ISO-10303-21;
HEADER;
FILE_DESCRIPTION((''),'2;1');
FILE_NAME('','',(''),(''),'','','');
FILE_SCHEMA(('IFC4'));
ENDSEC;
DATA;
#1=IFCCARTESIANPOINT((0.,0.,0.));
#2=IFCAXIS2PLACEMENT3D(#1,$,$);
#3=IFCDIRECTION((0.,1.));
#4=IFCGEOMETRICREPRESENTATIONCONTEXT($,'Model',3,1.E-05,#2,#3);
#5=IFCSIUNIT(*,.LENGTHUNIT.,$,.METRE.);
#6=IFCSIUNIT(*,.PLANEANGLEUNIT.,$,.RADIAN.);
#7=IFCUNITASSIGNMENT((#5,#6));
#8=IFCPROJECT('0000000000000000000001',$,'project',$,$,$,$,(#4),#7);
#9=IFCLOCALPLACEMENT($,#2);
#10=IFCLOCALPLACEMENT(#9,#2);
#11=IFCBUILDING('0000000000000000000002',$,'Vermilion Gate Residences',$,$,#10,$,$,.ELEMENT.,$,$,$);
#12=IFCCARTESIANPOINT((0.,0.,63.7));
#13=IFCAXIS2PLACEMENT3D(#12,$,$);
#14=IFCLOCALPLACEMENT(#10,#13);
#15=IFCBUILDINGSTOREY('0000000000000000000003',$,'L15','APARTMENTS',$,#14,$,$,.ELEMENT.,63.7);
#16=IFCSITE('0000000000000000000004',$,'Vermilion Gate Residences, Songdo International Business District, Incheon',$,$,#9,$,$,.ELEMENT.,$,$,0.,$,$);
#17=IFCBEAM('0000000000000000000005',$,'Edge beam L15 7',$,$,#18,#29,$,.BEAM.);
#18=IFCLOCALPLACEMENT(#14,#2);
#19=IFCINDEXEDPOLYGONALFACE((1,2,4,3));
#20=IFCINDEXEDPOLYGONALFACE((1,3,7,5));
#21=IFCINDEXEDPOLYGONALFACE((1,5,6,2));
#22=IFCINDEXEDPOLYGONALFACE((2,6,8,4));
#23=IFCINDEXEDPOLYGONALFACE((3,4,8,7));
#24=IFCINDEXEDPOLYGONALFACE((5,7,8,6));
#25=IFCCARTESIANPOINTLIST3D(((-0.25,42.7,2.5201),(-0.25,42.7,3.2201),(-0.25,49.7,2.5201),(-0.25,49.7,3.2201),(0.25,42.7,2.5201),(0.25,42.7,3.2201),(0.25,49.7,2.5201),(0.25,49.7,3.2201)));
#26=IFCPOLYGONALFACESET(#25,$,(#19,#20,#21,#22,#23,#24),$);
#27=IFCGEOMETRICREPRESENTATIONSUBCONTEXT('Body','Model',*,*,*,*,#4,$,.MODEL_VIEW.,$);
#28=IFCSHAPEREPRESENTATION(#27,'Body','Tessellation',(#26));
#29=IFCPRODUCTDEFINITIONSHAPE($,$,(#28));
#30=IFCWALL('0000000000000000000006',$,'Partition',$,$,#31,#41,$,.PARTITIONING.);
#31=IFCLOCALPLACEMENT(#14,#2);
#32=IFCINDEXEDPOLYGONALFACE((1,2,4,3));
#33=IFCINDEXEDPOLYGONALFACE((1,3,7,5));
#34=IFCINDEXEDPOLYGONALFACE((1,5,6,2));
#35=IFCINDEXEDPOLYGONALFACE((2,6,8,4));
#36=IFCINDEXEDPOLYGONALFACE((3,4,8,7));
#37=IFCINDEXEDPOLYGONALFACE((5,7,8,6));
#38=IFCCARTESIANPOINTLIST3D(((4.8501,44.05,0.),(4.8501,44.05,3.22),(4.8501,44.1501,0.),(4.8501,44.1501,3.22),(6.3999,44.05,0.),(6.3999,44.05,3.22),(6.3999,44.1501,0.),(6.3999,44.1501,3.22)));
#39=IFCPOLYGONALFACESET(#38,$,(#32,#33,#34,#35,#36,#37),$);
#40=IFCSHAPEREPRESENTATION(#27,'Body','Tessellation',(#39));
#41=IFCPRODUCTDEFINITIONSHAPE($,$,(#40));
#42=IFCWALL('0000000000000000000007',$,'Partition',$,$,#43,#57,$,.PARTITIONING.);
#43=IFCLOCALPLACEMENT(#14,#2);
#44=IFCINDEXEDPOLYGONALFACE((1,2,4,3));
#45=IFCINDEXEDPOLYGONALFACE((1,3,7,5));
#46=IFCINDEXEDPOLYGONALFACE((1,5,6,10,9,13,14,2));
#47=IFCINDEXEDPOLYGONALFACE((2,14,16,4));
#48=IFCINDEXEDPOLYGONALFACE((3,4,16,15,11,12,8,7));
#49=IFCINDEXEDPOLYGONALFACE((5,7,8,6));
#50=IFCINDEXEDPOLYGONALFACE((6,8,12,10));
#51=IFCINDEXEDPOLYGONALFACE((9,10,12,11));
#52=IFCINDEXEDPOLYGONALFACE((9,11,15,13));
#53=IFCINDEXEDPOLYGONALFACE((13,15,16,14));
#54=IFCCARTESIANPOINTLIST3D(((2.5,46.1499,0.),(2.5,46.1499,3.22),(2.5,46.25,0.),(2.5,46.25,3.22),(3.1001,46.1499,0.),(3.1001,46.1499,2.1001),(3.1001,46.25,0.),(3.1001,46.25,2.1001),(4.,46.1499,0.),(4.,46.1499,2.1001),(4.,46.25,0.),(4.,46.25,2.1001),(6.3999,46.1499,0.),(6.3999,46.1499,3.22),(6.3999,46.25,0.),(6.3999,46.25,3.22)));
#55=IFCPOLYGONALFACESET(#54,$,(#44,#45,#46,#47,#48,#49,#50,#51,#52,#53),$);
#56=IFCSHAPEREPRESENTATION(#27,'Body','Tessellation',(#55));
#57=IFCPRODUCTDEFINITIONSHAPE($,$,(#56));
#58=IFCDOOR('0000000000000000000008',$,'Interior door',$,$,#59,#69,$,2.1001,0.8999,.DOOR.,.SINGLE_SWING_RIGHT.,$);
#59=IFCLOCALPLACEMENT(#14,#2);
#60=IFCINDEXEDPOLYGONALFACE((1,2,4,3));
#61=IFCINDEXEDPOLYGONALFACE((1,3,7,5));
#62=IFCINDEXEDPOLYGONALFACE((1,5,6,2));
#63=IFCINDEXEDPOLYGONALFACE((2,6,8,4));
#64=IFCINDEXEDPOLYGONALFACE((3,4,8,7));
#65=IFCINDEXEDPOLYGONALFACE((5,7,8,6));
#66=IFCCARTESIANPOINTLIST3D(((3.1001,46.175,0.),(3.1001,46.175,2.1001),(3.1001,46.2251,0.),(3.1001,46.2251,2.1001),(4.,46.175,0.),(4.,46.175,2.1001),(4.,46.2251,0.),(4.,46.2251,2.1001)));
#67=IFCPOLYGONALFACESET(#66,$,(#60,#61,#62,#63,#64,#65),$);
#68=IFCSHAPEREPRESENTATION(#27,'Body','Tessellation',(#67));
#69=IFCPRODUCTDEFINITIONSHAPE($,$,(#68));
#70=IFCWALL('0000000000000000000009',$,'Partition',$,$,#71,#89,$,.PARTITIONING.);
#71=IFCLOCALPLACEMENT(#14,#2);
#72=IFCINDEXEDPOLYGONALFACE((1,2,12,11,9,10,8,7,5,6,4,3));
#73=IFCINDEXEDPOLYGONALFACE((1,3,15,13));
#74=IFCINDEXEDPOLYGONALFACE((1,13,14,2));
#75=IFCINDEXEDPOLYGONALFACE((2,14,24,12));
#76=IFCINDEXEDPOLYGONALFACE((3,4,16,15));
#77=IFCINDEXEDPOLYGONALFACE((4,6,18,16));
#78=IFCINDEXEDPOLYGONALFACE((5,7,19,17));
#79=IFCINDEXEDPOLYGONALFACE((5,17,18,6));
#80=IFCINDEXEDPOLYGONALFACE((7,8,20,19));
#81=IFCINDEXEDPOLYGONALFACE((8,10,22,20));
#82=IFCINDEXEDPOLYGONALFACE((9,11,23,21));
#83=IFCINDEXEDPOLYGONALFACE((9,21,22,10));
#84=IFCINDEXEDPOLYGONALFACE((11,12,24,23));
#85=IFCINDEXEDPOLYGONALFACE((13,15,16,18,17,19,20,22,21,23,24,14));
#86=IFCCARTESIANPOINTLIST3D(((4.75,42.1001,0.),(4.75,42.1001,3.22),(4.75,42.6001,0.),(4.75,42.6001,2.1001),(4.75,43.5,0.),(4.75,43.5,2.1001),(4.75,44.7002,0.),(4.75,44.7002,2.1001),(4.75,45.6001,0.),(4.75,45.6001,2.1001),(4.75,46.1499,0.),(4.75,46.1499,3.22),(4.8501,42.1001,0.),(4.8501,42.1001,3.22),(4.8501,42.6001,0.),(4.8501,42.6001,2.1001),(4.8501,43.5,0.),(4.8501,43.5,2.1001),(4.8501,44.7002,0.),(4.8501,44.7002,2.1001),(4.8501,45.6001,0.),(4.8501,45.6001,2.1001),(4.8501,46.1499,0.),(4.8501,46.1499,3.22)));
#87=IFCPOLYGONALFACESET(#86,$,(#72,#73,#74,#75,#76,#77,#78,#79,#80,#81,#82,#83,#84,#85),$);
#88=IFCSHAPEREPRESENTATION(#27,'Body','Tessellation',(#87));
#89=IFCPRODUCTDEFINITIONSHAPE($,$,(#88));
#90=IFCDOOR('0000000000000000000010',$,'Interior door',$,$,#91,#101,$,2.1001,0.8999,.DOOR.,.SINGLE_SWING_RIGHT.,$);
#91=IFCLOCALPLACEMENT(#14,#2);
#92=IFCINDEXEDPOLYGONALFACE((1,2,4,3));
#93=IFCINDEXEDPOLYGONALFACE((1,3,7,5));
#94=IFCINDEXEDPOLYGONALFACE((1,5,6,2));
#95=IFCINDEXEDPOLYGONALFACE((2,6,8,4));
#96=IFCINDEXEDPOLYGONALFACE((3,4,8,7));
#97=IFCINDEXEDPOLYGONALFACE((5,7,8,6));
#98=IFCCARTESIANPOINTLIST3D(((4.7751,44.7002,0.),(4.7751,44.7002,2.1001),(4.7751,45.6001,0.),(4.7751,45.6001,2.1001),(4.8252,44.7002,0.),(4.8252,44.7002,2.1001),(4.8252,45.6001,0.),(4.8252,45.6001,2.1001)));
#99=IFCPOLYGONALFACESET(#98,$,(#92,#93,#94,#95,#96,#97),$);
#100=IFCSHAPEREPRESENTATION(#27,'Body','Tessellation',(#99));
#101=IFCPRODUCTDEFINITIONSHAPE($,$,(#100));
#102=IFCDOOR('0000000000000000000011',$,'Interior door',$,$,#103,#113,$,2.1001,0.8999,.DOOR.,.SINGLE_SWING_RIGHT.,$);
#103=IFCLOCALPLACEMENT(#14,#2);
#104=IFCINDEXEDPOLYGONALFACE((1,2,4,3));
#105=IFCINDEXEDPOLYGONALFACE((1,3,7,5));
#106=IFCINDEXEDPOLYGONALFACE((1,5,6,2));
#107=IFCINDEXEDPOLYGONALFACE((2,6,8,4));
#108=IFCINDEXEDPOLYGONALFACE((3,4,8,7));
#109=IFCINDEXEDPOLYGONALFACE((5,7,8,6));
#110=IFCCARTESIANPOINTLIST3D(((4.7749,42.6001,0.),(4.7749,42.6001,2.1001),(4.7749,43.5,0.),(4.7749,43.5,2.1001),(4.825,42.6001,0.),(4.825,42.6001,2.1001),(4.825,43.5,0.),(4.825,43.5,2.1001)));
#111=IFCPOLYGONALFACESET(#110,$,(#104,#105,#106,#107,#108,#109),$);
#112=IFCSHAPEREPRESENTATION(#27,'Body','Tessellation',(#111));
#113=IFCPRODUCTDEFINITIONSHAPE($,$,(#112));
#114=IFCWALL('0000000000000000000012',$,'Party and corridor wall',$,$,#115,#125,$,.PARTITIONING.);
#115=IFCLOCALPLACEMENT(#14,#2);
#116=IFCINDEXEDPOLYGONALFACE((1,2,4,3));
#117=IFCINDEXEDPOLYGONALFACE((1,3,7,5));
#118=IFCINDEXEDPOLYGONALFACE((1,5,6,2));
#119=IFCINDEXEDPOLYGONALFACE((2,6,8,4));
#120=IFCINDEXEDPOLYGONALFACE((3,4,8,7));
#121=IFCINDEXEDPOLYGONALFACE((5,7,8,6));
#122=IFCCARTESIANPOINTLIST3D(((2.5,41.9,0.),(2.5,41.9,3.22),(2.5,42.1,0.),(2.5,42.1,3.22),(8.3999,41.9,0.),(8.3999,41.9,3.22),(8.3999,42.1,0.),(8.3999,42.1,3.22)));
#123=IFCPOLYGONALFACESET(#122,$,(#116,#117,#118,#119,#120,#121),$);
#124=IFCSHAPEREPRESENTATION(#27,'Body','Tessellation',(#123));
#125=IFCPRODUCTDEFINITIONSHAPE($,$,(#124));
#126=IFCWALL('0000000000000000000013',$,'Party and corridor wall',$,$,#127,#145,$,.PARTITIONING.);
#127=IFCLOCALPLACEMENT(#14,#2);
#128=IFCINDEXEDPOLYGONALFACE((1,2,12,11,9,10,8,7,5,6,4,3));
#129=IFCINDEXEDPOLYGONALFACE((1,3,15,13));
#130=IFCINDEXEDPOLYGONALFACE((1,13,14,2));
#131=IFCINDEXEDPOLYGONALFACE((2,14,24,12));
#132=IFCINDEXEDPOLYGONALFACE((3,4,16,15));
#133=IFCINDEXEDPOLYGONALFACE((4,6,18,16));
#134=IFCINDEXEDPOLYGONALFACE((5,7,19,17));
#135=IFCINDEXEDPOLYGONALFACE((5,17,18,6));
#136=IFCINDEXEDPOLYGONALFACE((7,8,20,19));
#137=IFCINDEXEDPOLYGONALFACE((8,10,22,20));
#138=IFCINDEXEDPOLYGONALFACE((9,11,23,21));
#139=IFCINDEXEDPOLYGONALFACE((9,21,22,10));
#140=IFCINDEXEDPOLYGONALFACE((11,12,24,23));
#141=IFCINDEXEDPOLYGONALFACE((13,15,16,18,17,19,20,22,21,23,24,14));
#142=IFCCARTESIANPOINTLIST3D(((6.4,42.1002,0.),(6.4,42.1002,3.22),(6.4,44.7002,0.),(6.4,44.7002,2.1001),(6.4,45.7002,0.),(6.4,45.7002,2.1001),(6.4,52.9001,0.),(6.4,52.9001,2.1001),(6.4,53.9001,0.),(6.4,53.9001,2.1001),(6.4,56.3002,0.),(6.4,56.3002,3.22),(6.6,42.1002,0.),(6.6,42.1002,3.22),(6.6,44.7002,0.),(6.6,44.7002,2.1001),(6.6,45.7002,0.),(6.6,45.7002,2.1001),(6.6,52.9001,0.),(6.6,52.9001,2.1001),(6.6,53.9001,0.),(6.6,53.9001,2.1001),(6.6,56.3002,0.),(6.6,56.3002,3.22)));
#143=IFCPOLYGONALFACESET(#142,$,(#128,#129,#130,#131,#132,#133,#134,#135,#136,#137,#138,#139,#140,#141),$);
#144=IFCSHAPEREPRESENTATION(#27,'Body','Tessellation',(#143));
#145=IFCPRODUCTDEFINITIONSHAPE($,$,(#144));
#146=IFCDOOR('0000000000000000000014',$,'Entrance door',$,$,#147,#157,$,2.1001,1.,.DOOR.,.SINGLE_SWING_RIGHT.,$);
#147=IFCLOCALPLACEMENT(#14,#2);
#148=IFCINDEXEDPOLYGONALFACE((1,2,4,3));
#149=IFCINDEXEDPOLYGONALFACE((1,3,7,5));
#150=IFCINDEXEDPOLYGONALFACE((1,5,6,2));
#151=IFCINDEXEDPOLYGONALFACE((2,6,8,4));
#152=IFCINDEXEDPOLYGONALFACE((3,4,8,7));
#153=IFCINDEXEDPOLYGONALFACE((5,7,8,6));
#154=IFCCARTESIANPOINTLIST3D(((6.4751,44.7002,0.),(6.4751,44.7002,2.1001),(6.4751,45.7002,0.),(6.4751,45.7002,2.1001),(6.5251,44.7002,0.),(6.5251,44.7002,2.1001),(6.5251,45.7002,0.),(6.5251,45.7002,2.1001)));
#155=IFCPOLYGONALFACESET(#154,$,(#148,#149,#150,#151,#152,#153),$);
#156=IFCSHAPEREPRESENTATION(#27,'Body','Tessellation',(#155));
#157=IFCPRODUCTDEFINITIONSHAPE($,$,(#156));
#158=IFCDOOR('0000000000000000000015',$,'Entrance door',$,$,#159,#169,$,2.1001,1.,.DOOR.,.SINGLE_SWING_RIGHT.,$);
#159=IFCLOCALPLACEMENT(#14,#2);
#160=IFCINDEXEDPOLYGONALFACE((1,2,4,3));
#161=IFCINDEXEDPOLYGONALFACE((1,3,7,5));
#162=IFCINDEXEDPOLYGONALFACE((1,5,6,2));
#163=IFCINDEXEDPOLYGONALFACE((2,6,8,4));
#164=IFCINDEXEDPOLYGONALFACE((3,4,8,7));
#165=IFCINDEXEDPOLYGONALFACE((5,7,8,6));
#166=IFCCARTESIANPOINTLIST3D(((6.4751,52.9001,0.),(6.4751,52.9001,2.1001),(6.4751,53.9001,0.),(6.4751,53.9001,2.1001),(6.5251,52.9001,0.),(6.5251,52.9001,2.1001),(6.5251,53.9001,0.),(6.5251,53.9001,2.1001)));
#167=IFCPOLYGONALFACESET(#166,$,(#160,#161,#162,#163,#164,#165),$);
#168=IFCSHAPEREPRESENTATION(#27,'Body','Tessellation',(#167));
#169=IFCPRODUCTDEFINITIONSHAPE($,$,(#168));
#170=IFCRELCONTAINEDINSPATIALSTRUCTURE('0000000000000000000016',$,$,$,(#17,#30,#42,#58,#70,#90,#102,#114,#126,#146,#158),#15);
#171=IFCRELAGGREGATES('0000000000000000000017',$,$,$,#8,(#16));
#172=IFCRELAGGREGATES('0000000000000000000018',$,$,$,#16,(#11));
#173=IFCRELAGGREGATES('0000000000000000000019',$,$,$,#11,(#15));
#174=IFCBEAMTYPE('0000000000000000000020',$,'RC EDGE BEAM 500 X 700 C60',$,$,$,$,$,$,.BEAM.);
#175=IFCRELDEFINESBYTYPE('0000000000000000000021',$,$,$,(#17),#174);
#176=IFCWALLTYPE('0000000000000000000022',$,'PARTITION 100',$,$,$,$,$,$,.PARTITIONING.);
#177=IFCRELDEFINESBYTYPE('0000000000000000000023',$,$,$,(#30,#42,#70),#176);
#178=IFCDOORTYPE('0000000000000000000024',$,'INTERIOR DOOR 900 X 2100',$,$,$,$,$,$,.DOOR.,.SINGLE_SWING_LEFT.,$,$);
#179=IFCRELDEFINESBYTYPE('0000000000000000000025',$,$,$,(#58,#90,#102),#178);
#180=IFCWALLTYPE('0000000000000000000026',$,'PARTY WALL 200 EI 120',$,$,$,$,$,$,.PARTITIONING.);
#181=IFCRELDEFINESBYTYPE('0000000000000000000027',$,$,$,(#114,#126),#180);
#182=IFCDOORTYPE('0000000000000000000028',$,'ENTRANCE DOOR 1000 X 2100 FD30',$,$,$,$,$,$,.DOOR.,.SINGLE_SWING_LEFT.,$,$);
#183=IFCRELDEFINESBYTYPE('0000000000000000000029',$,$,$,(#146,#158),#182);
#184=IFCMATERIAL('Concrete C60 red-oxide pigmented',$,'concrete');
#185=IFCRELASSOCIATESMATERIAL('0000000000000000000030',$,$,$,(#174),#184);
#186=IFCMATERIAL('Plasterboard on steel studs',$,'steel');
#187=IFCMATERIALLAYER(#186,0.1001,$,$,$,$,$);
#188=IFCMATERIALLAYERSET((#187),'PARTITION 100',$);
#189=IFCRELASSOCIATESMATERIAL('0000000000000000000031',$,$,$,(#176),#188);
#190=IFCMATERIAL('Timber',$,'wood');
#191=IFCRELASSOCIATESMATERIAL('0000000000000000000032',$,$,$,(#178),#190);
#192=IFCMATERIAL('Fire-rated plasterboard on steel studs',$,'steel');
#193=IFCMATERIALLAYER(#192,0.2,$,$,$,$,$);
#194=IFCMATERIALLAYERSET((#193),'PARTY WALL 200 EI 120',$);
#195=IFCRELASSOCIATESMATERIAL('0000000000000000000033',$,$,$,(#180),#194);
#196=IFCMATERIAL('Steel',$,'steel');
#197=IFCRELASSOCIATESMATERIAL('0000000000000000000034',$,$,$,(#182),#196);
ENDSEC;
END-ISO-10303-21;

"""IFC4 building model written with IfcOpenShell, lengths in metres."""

from ifc_helpers import new_model, si_unit, direction, frame, frame_2d, origin, origin_2d, place, context, subcontext, project, spatial, rectangle, extrude, material, layer, layer_set, material_profile, profile_set, type_object, element, fill, save


model = new_model("IFC4")

# Units and contexts
model_context = context("Model", 3, precision=1e-05, world=origin(), true_north=direction((0.0, 1.0)))
body_context = subcontext(model_context, "Body", "Model", "MODEL_VIEW")
ifc_project = project(units=[si_unit("LENGTHUNIT", "METRE"), si_unit("PLANEANGLEUNIT", "RADIAN")], contexts=[model_context])

# Site, building, storey
site_placement = place(None, origin())
site = spatial("IfcSite", under=ifc_project, at=site_placement, Name="Vermilion Gate Residences, Songdo International Business District, Incheon", CompositionType="ELEMENT", RefElevation=0.0)
building_placement = place(site_placement, origin())
building = spatial("IfcBuilding", under=site, at=building_placement, Name="Vermilion Gate Residences", CompositionType="ELEMENT")
storey_placement = place(building_placement, frame((0.0, 0.0, 63.7)))
storey = spatial("IfcBuildingStorey", under=building, at=storey_placement, Name="L15", Description="APARTMENTS", CompositionType="ELEMENT", Elevation=63.7)

# Beam
ifc_material_1 = material(Name="Concrete C60 red-oxide pigmented", Category="concrete")
ifc_material_profile_1 = material_profile(ifc_material_1, rectangle(XDim=0.5, YDim=0.7, at=origin_2d()), Name="RC-500x700")
ifc_profile_set_1 = profile_set([ifc_material_profile_1], Name="Concrete C60 red-oxide pigmented")
beam_type = type_object("IfcBeamType", Name="RC EDGE BEAM 500 X 700 C60", PredefinedType="BEAM", material=ifc_profile_set_1)
beam_placement = place(storey_placement, frame((0.0, 42.7, 2.8701), z_axis=(0.0, 1.0, 0.0), x_axis=(-1.0, 0.0, 0.0)))
element("IfcBeam", 1, at=beam_placement, inside=storey, type_object=beam_type, Name="Edge beam L15 7", PredefinedType="BEAM", context=body_context, shape_type="SweptSolid", body=[
    extrude(rectangle(XDim=0.5, YDim=0.7, at=origin_2d()), origin(), (0.0, 0.0, 1.0), 7.0),
])

# Wall
ifc_material_2 = material(Name="Plasterboard on steel studs", Category="steel")
ifc_layer_1 = layer(ifc_material_2, 0.1001)
ifc_layer_set_1 = layer_set([ifc_layer_1], Name="PARTITION 100")
wall_type_1 = type_object("IfcWallType", Name="PARTITION 100", PredefinedType="PARTITIONING", material=ifc_layer_set_1)
wall_1_placement = place(storey_placement, frame((4.8501, 44.1001, 0.0), z_axis=(0.0, 0.0, 1.0), x_axis=(1.0, 0.0, 0.0)))
element("IfcWall", 2, at=wall_1_placement, inside=storey, type_object=wall_type_1, Name="Partition", PredefinedType="PARTITIONING", context=body_context, shape_type="SweptSolid", body=[
    extrude(rectangle(XDim=1.5498, YDim=0.1001, at=frame_2d((0.7749, 0.0))), origin(), (0.0, 0.0, 1.0), 3.22),
])

# Wall, opening, door
wall_2_placement = place(storey_placement, frame((2.5, 46.2, 0.0), z_axis=(0.0, 0.0, 1.0), x_axis=(1.0, 0.0, 0.0)))
wall_2 = element("IfcWall", 3, at=wall_2_placement, inside=storey, type_object=wall_type_1, Name="Partition", PredefinedType="PARTITIONING", context=body_context, shape_type="SweptSolid", body=[
    extrude(rectangle(XDim=3.8999, YDim=0.1001, at=frame_2d((1.95, 0.0))), origin(), (0.0, 0.0, 1.0), 3.22),
])
opening_1_placement = place(wall_2_placement, frame((0.6001, 0.0, 0.0)))
opening_1 = element("IfcOpeningElement", 4, at=opening_1_placement, cuts=wall_2, PredefinedType="OPENING", context=body_context, shape_type="SweptSolid", body=[
    extrude(rectangle(XDim=0.8999, YDim=2.1001, at=frame_2d((0.45, 1.05))), frame((0.0, 0.0601, 0.0), z_axis=(0.0, -1.0, 0.0), x_axis=(1.0, 0.0, 0.0)), (0.0, 0.0, 1.0), 0.1201),
])
ifc_material_3 = material(Name="Timber", Category="wood")
door_type_1 = type_object("IfcDoorType", Name="INTERIOR DOOR 900 X 2100", OperationType="SINGLE_SWING_LEFT", PredefinedType="DOOR", material=ifc_material_3)
door_1_placement = place(opening_1_placement, frame((0.8999, 0.0, 0.0), z_axis=(0.0, 0.0, 1.0), x_axis=(-1.0, 0.0, 0.0)))
door_1 = element("IfcDoor", 5, at=door_1_placement, inside=storey, type_object=door_type_1, Name="Interior door", OperationType="SINGLE_SWING_RIGHT", OverallHeight=2.1001, OverallWidth=0.8999, PredefinedType="DOOR", context=body_context, shape_type="SweptSolid", body=[
    extrude(rectangle(XDim=0.8999, YDim=2.1001, at=frame_2d((0.45, 1.05))), frame((0.0, 0.0249, 0.0), z_axis=(0.0, -1.0, 0.0), x_axis=(1.0, 0.0, 0.0)), (0.0, 0.0, 1.0), 0.05),
])
fill(opening_1, door_1)

# Wall, openings, doors
wall_3_placement = place(storey_placement, frame((4.8, 42.1001, 0.0), z_axis=(0.0, 0.0, 1.0), x_axis=(0.0, 1.0, 0.0)))
wall_3 = element("IfcWall", 6, at=wall_3_placement, inside=storey, type_object=wall_type_1, Name="Partition", PredefinedType="PARTITIONING", context=body_context, shape_type="SweptSolid", body=[
    extrude(rectangle(XDim=4.0498, YDim=0.1001, at=frame_2d((2.0249, 0.0))), origin(), (0.0, 0.0, 1.0), 3.22),
])
opening_2_placement = place(wall_3_placement, frame((2.6001, 0.0, 0.0)))
opening_2 = element("IfcOpeningElement", 7, at=opening_2_placement, cuts=wall_3, PredefinedType="OPENING", context=body_context, shape_type="SweptSolid", body=[
    extrude(rectangle(XDim=0.8999, YDim=2.1001, at=frame_2d((0.45, 1.05))), frame((0.0, 0.0601, 0.0), z_axis=(0.0, -1.0, 0.0), x_axis=(1.0, 0.0, 0.0)), (0.0, 0.0, 1.0), 0.1201),
])
opening_3_placement = place(wall_3_placement, frame((0.5, 0.0, 0.0)))
opening_3 = element("IfcOpeningElement", 8, at=opening_3_placement, cuts=wall_3, PredefinedType="OPENING", context=body_context, shape_type="SweptSolid", body=[
    extrude(rectangle(XDim=0.8999, YDim=2.1001, at=frame_2d((0.45, 1.05))), frame((0.0, 0.0601, 0.0), z_axis=(0.0, -1.0, 0.0), x_axis=(1.0, 0.0, 0.0)), (0.0, 0.0, 1.0), 0.1201),
])
door_2_placement = place(opening_2_placement, origin())
door_2 = element("IfcDoor", 9, at=door_2_placement, inside=storey, type_object=door_type_1, Name="Interior door", OperationType="SINGLE_SWING_RIGHT", OverallHeight=2.1001, OverallWidth=0.8999, PredefinedType="DOOR", context=body_context, shape_type="SweptSolid", body=[
    extrude(rectangle(XDim=0.8999, YDim=2.1001, at=frame_2d((0.45, 1.05))), frame((0.0, 0.0249, 0.0), z_axis=(0.0, -1.0, 0.0), x_axis=(1.0, 0.0, 0.0)), (0.0, 0.0, 1.0), 0.05),
])
fill(opening_2, door_2)
door_3_placement = place(opening_3_placement, frame((0.8999, 0.0, 0.0), z_axis=(0.0, 0.0, 1.0), x_axis=(-1.0, 0.0, 0.0)))
door_3 = element("IfcDoor", 10, at=door_3_placement, inside=storey, type_object=door_type_1, Name="Interior door", OperationType="SINGLE_SWING_RIGHT", OverallHeight=2.1001, OverallWidth=0.8999, PredefinedType="DOOR", context=body_context, shape_type="SweptSolid", body=[
    extrude(rectangle(XDim=0.8999, YDim=2.1001, at=frame_2d((0.45, 1.05))), frame((0.0, 0.0249, 0.0), z_axis=(0.0, -1.0, 0.0), x_axis=(1.0, 0.0, 0.0)), (0.0, 0.0, 1.0), 0.05),
])
fill(opening_3, door_3)

# Wall
ifc_material_4 = material(Name="Fire-rated plasterboard on steel studs", Category="steel")
ifc_layer_2 = layer(ifc_material_4, 0.2)
ifc_layer_set_2 = layer_set([ifc_layer_2], Name="PARTY WALL 200 EI 120")
wall_type_2 = type_object("IfcWallType", Name="PARTY WALL 200 EI 120", PredefinedType="PARTITIONING", material=ifc_layer_set_2)
wall_4_placement = place(storey_placement, frame((2.5, 42.0, 0.0), z_axis=(0.0, 0.0, 1.0), x_axis=(1.0, 0.0, 0.0)))
element("IfcWall", 11, at=wall_4_placement, inside=storey, type_object=wall_type_2, Name="Party and corridor wall", PredefinedType="PARTITIONING", context=body_context, shape_type="SweptSolid", body=[
    extrude(rectangle(XDim=5.8999, YDim=0.2, at=frame_2d((2.95, 0.0))), origin(), (0.0, 0.0, 1.0), 3.22),
])

# Wall, openings, doors
wall_5_placement = place(storey_placement, frame((6.5, 42.1001, 0.0), z_axis=(0.0, 0.0, 1.0), x_axis=(0.0, 1.0, 0.0)))
wall_5 = element("IfcWall", 12, at=wall_5_placement, inside=storey, type_object=wall_type_2, Name="Party and corridor wall", PredefinedType="PARTITIONING", context=body_context, shape_type="SweptSolid", body=[
    extrude(rectangle(XDim=14.2, YDim=0.2, at=frame_2d((7.1001, 0.0))), origin(), (0.0, 0.0, 1.0), 3.22),
])
opening_4_placement = place(wall_5_placement, frame((2.6001, 0.0, 0.0)))
opening_4 = element("IfcOpeningElement", 13, at=opening_4_placement, cuts=wall_5, PredefinedType="OPENING", context=body_context, shape_type="SweptSolid", body=[
    extrude(rectangle(XDim=1.0, YDim=2.1001, at=frame_2d((0.5, 1.05))), frame((0.0, 0.1099, 0.0), z_axis=(0.0, -1.0, 0.0), x_axis=(1.0, 0.0, 0.0)), (0.0, 0.0, 1.0), 0.22),
])
opening_5_placement = place(wall_5_placement, frame((10.8, 0.0, 0.0)))
opening_5 = element("IfcOpeningElement", 14, at=opening_5_placement, cuts=wall_5, PredefinedType="OPENING", context=body_context, shape_type="SweptSolid", body=[
    extrude(rectangle(XDim=1.0, YDim=2.1001, at=frame_2d((0.5, 1.05))), frame((0.0, 0.1099, 0.0), z_axis=(0.0, -1.0, 0.0), x_axis=(1.0, 0.0, 0.0)), (0.0, 0.0, 1.0), 0.22),
])
ifc_material_5 = material(Name="Steel", Category="steel")
door_type_2 = type_object("IfcDoorType", Name="ENTRANCE DOOR 1000 X 2100 FD30", OperationType="SINGLE_SWING_LEFT", PredefinedType="DOOR", material=ifc_material_5)
door_4_placement = place(opening_4_placement, origin())
door_4 = element("IfcDoor", 15, at=door_4_placement, inside=storey, type_object=door_type_2, Name="Entrance door", OperationType="SINGLE_SWING_RIGHT", OverallHeight=2.1001, OverallWidth=1.0, PredefinedType="DOOR", context=body_context, shape_type="SweptSolid", body=[
    extrude(rectangle(XDim=1.0, YDim=2.1001, at=frame_2d((0.5, 1.05))), frame((0.0, 0.0249, 0.0), z_axis=(0.0, -1.0, 0.0), x_axis=(1.0, 0.0, 0.0)), (0.0, 0.0, 1.0), 0.05),
])
fill(opening_4, door_4)
door_5_placement = place(opening_5_placement, origin())
door_5 = element("IfcDoor", 16, at=door_5_placement, inside=storey, type_object=door_type_2, Name="Entrance door", OperationType="SINGLE_SWING_RIGHT", OverallHeight=2.1001, OverallWidth=1.0, PredefinedType="DOOR", context=body_context, shape_type="SweptSolid", body=[
    extrude(rectangle(XDim=1.0, YDim=2.1001, at=frame_2d((0.5, 1.05))), frame((0.0, 0.0249, 0.0), z_axis=(0.0, -1.0, 0.0), x_axis=(1.0, 0.0, 0.0)), (0.0, 0.0, 1.0), 0.05),
])
fill(opening_5, door_5)

save(model, "model.ifc")
